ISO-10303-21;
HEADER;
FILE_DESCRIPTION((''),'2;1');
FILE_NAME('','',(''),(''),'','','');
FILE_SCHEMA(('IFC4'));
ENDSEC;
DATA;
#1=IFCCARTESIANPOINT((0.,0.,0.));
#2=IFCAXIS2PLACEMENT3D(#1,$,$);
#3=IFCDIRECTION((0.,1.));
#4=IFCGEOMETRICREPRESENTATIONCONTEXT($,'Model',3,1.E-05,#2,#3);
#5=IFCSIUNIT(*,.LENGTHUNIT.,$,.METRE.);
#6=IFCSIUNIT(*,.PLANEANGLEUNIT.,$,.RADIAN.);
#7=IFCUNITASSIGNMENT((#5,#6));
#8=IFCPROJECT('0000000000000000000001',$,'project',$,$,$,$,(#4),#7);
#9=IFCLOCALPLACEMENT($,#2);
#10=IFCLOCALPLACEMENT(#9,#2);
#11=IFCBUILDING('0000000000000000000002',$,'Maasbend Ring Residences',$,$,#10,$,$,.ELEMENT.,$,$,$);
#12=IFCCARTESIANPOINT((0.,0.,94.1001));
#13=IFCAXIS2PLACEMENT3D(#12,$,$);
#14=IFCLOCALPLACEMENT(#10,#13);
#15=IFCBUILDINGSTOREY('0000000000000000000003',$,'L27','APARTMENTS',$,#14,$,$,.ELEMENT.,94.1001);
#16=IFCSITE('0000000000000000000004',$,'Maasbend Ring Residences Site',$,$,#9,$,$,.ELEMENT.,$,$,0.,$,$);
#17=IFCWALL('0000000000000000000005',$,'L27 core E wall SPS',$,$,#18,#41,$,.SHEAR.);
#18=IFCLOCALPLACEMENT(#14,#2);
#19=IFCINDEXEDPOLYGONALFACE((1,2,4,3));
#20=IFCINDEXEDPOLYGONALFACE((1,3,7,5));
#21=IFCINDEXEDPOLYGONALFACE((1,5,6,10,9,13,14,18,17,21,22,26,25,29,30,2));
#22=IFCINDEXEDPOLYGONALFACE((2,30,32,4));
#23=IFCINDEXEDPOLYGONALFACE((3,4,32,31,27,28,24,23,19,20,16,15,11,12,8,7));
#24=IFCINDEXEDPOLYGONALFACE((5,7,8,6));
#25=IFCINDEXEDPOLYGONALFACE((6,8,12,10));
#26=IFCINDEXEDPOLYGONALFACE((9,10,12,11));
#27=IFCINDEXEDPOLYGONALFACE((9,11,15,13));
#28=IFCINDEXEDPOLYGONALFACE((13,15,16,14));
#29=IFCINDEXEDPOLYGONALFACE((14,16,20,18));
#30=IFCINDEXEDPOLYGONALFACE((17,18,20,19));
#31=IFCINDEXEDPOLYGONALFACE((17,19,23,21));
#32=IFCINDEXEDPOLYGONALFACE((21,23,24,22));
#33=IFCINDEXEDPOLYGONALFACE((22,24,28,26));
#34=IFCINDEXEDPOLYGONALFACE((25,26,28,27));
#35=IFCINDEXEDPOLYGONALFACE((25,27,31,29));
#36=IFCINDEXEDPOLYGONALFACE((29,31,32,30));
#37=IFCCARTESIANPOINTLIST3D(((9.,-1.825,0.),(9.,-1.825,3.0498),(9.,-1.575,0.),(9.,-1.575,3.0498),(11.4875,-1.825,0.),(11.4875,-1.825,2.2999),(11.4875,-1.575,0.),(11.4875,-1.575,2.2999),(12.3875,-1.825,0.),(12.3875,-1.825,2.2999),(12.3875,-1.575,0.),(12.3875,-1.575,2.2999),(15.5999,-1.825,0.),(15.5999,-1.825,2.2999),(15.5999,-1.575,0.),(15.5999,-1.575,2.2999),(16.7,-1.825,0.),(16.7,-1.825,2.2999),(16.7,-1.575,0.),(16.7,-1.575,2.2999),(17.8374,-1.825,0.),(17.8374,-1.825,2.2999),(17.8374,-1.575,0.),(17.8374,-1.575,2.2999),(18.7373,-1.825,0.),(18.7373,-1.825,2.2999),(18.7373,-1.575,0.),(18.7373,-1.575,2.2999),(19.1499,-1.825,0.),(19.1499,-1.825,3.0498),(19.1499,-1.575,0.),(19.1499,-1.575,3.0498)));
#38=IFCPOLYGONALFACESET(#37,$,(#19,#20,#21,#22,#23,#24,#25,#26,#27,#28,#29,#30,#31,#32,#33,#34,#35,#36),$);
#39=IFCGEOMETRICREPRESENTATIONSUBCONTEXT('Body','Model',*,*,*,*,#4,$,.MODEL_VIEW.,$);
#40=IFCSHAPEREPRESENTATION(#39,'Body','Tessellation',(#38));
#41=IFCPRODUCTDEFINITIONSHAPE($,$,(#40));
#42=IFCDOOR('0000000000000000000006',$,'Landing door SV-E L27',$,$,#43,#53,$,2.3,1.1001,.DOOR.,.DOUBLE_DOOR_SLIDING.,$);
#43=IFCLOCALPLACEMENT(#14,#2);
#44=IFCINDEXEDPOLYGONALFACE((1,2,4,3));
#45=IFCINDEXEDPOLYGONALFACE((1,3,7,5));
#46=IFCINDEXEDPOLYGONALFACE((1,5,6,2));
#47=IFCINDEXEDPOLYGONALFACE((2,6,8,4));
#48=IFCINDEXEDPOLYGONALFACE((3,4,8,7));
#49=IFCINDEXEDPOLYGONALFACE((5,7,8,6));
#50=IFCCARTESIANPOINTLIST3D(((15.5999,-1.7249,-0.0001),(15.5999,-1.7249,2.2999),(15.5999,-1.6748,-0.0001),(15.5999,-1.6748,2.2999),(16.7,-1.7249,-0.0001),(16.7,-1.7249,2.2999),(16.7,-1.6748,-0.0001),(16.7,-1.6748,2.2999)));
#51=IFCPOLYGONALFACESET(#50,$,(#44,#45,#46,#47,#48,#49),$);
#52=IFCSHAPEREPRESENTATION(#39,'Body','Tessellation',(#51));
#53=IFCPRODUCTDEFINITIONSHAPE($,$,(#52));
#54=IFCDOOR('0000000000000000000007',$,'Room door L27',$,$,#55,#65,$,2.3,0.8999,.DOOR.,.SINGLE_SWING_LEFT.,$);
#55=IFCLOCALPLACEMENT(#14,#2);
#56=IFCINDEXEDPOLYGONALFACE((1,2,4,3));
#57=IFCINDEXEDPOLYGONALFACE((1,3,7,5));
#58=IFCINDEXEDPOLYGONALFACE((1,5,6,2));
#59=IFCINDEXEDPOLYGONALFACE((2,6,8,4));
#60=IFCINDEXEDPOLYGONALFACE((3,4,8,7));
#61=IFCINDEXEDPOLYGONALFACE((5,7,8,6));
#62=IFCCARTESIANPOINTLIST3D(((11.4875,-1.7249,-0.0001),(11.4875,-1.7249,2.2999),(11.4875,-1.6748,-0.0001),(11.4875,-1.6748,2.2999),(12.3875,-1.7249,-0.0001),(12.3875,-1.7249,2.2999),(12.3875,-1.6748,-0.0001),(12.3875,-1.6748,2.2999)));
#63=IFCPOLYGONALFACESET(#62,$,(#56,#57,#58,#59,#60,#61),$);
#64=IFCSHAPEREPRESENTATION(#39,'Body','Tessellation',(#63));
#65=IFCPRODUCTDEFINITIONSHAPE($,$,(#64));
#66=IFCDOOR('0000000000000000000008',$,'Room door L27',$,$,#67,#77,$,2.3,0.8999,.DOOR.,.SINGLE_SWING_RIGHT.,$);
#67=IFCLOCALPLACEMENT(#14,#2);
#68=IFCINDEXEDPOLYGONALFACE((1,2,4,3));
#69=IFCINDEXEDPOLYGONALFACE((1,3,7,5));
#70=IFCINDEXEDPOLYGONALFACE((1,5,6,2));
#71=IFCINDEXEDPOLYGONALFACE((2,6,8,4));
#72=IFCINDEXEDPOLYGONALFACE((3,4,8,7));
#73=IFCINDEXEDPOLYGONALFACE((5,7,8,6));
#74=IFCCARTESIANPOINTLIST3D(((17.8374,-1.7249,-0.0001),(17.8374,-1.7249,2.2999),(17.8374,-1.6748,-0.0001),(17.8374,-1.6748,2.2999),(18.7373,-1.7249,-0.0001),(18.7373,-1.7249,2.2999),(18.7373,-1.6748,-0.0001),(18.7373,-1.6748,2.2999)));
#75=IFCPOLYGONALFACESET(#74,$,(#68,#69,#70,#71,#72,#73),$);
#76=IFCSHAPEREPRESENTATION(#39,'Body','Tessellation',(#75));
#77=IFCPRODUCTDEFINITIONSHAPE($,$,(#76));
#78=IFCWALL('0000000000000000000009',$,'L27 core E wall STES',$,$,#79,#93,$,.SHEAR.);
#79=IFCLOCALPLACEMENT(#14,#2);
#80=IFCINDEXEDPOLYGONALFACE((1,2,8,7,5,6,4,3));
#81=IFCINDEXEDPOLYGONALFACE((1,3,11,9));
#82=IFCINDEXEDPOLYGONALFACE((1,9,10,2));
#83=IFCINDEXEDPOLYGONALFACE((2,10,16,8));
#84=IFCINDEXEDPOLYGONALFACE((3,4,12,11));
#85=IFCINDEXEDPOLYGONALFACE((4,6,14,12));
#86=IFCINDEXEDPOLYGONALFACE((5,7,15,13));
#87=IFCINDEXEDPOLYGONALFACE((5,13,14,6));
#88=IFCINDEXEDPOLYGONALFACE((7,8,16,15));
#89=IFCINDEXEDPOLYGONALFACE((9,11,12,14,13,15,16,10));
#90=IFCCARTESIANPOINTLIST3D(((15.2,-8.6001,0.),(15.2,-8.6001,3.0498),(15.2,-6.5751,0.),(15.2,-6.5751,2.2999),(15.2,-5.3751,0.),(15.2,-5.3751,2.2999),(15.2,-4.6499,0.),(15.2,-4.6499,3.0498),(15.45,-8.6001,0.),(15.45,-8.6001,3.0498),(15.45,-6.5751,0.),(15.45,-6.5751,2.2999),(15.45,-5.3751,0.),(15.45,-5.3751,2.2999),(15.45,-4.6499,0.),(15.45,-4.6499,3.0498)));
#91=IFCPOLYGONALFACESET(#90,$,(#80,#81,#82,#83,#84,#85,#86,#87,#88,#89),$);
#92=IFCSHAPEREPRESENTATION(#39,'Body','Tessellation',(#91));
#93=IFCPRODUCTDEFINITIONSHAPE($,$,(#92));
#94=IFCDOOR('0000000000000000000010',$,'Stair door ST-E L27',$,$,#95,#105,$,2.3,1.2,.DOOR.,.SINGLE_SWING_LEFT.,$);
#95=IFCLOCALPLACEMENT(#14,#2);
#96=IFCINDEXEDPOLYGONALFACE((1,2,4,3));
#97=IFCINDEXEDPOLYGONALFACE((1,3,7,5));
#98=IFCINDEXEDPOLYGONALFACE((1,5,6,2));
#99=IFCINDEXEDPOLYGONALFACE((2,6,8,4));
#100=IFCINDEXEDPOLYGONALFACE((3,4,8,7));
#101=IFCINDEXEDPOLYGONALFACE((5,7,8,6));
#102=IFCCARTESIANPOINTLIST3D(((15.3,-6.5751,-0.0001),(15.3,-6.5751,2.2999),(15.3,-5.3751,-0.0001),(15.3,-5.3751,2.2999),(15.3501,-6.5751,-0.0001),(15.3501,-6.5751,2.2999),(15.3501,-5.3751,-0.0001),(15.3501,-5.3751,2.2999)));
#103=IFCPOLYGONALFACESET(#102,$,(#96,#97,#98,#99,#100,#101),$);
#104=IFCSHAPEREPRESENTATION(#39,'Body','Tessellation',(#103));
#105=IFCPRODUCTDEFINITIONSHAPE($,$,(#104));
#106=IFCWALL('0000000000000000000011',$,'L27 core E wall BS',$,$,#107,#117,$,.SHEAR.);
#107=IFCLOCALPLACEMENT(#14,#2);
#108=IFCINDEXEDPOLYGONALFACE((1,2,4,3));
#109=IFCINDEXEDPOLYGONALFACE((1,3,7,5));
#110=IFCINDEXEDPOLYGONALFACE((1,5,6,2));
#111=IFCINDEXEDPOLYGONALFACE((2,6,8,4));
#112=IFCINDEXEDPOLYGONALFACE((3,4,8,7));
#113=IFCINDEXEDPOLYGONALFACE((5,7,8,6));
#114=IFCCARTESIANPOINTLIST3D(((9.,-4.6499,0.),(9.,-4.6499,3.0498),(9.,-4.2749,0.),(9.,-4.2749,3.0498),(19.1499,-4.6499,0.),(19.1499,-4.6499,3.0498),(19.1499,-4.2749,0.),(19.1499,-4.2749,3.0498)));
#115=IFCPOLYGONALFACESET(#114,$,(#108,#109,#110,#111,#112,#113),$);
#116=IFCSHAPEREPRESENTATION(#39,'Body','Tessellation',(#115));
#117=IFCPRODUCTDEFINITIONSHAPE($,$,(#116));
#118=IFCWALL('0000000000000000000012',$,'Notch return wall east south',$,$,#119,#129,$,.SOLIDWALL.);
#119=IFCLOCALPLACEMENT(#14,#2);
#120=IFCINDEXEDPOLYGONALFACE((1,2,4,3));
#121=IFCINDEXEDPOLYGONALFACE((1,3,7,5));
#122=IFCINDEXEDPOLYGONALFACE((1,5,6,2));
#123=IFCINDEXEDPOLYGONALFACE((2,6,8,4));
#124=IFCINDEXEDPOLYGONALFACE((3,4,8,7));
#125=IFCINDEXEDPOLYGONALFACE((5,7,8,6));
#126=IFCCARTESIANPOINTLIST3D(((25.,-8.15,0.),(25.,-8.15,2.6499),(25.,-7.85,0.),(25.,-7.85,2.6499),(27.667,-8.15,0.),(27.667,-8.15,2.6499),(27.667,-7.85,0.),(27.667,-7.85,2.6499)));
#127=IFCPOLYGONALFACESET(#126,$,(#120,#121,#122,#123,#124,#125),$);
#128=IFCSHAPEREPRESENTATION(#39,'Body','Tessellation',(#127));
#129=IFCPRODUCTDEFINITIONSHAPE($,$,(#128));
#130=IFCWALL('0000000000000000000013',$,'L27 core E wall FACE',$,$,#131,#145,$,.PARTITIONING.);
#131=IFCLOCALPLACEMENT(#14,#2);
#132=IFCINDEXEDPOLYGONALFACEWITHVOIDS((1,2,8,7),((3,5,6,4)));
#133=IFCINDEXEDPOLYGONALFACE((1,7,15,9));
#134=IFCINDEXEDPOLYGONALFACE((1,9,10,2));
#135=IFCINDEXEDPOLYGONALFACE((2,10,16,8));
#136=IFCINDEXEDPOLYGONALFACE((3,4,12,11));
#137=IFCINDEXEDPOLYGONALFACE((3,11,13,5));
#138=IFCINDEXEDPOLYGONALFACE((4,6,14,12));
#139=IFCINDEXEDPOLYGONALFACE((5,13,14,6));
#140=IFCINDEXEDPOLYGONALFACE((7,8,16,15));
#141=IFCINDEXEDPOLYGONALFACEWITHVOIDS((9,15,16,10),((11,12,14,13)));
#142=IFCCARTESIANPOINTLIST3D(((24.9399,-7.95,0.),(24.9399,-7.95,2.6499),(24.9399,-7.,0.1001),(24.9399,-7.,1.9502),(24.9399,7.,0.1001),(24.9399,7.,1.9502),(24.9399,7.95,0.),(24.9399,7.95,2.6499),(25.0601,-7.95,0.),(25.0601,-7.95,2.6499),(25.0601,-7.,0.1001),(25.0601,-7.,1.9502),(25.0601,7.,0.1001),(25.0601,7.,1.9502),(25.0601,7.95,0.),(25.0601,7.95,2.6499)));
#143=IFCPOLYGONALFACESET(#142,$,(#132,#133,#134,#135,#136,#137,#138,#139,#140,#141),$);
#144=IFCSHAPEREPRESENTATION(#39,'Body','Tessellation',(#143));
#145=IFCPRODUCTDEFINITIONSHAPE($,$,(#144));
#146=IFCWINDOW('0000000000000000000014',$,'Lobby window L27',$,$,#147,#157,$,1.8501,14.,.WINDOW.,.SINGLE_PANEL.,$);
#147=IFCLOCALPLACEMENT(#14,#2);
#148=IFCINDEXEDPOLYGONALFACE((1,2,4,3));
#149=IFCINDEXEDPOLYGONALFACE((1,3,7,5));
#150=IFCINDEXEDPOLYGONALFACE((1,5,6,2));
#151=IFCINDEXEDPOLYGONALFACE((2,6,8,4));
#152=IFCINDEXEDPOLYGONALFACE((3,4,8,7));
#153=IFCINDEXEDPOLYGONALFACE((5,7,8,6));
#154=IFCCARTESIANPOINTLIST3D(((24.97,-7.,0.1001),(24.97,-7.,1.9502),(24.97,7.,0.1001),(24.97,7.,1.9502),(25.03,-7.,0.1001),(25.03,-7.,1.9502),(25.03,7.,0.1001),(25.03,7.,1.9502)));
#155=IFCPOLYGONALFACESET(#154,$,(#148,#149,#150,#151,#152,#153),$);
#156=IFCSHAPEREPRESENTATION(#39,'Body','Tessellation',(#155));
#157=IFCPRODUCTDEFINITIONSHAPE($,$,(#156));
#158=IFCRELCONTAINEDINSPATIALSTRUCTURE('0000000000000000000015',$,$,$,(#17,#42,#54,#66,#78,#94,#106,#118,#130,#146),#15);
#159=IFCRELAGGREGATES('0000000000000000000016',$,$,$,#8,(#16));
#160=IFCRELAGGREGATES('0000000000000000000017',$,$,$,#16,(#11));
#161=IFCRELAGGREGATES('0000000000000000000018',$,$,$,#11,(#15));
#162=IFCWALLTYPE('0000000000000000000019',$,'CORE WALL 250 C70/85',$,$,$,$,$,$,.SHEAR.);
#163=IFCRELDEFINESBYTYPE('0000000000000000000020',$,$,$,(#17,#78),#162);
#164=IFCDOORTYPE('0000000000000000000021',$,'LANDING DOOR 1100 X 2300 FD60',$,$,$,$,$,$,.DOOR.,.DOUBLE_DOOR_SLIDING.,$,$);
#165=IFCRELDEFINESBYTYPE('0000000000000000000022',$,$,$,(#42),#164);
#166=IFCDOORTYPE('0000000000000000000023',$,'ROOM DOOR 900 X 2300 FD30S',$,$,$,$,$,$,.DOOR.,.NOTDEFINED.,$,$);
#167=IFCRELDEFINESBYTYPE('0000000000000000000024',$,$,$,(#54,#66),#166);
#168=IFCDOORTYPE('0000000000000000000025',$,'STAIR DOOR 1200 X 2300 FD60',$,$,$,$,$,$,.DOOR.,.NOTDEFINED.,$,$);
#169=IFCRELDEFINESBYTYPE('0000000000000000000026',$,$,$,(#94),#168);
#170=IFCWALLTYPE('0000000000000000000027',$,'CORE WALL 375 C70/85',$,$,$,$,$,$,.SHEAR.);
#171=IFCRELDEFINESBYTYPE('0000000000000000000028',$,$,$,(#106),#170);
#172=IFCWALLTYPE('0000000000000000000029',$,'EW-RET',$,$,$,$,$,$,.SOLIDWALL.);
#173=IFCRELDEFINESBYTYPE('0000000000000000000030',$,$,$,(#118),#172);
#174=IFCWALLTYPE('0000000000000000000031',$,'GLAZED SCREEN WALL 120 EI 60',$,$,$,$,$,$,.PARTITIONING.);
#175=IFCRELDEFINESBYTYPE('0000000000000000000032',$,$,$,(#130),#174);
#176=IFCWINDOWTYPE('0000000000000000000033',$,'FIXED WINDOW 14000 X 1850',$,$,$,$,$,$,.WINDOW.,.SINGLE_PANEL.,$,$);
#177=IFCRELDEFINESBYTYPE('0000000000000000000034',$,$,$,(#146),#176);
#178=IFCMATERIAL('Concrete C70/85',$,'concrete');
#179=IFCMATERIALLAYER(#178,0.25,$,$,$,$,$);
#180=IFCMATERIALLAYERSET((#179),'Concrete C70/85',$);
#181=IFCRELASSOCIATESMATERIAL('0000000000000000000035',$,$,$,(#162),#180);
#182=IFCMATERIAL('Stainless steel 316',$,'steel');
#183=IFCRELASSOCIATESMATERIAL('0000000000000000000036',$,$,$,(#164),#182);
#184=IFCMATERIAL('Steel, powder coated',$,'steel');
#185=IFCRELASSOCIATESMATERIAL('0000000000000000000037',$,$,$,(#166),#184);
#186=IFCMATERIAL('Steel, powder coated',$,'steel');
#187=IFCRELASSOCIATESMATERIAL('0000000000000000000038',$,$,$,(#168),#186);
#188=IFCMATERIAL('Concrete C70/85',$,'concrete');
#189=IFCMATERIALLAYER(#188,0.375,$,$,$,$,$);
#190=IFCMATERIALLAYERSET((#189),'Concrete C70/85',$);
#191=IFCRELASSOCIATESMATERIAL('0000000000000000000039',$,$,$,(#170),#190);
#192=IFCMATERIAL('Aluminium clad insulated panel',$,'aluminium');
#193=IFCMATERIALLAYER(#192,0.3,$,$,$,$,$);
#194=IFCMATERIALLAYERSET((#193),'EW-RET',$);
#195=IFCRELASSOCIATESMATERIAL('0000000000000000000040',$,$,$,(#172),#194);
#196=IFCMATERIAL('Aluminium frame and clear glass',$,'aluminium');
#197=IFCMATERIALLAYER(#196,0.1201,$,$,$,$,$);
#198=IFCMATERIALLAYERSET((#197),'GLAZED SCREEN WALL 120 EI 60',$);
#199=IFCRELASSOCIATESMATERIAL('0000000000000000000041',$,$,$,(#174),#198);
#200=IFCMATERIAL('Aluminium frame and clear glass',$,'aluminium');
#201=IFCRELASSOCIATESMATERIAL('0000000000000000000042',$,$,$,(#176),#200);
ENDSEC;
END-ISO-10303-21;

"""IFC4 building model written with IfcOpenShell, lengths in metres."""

from ifc_helpers import new_model, si_unit, direction, frame, frame_2d, origin, place, context, subcontext, project, spatial, rectangle, extrude, material, layer, layer_set, type_object, element, fill, save


model = new_model("IFC4")

# Units and contexts
model_context = context("Model", 3, precision=1e-05, world=origin(), true_north=direction((0.0, 1.0)))
body_context = subcontext(model_context, "Body", "Model", "MODEL_VIEW")
ifc_project = project(units=[si_unit("LENGTHUNIT", "METRE"), si_unit("PLANEANGLEUNIT", "RADIAN")], contexts=[model_context])

# Site, building, storey
site_placement = place(None, origin())
site = spatial("IfcSite", under=ifc_project, at=site_placement, Name="Maasbend Ring Residences Site", CompositionType="ELEMENT", RefElevation=0.0)
building_placement = place(site_placement, origin())
building = spatial("IfcBuilding", under=site, at=building_placement, Name="Maasbend Ring Residences", CompositionType="ELEMENT")
storey_placement = place(building_placement, frame((0.0, 0.0, 94.1001)))
storey = spatial("IfcBuildingStorey", under=building, at=storey_placement, Name="L27", Description="APARTMENTS", CompositionType="ELEMENT", Elevation=94.1001)

# Wall, openings, doors
ifc_material_1 = material(Name="Concrete C70/85", Category="concrete")
ifc_layer_1 = layer(ifc_material_1, 0.25)
ifc_layer_set_1 = layer_set([ifc_layer_1], Name="Concrete C70/85")
wall_type_1 = type_object("IfcWallType", Name="CORE WALL 250 C70/85", PredefinedType="SHEAR", material=ifc_layer_set_1)
wall_1_placement = place(storey_placement, frame((19.1499, -1.7, 0.0), z_axis=(0.0, 0.0, 1.0), x_axis=(-1.0, 0.0, 0.0)))
wall_1 = element("IfcWall", 1, at=wall_1_placement, inside=storey, type_object=wall_type_1, Name="L27 core E wall SPS", PredefinedType="SHEAR", context=body_context, shape_type="SweptSolid", body=[
    extrude(rectangle(XDim=10.1499, YDim=0.25, at=frame_2d((5.075, 0.0))), origin(), (0.0, 0.0, 1.0), 3.0498),
])
opening_1_placement = place(wall_1_placement, frame((2.45, 0.0, 0.0)))
opening_1 = element("IfcOpeningElement", 2, at=opening_1_placement, cuts=wall_1, PredefinedType="OPENING", context=body_context, shape_type="SweptSolid", body=[
    extrude(rectangle(XDim=1.1001, YDim=2.3, at=frame_2d((0.55, 1.1499))), frame((0.0, 0.135, 0.0), z_axis=(0.0, -1.0, 0.0), x_axis=(1.0, 0.0, 0.0)), (0.0, 0.0, 1.0), 0.27),
])
opening_2_placement = place(wall_1_placement, frame((6.7625, 0.0, 0.0)))
opening_2 = element("IfcOpeningElement", 3, at=opening_2_placement, cuts=wall_1, PredefinedType="OPENING", context=body_context, shape_type="SweptSolid", body=[
    extrude(rectangle(XDim=0.8999, YDim=2.3, at=frame_2d((0.45, 1.1499))), frame((0.0, 0.135, 0.0), z_axis=(0.0, -1.0, 0.0), x_axis=(1.0, 0.0, 0.0)), (0.0, 0.0, 1.0), 0.27),
])
opening_3_placement = place(wall_1_placement, frame((0.4126, 0.0, 0.0)))
opening_3 = element("IfcOpeningElement", 4, at=opening_3_placement, cuts=wall_1, PredefinedType="OPENING", context=body_context, shape_type="SweptSolid", body=[
    extrude(rectangle(XDim=0.8999, YDim=2.3, at=frame_2d((0.45, 1.1499))), frame((0.0, 0.135, 0.0), z_axis=(0.0, -1.0, 0.0), x_axis=(1.0, 0.0, 0.0)), (0.0, 0.0, 1.0), 0.27),
])
ifc_material_2 = material(Name="Stainless steel 316", Category="steel")
door_type_1 = type_object("IfcDoorType", Name="LANDING DOOR 1100 X 2300 FD60", OperationType="DOUBLE_DOOR_SLIDING", PredefinedType="DOOR", material=ifc_material_2)
door_1_placement = place(opening_1_placement, origin())
door_1 = element("IfcDoor", 5, at=door_1_placement, inside=storey, type_object=door_type_1, Name="Landing door SV-E L27", OperationType="DOUBLE_DOOR_SLIDING", OverallHeight=2.3, OverallWidth=1.1001, PredefinedType="DOOR", context=body_context, shape_type="SweptSolid", body=[
    extrude(rectangle(XDim=1.1001, YDim=2.3, at=frame_2d((0.55, 1.1499))), frame((0.0, 0.0249, 0.0), z_axis=(0.0, -1.0, 0.0), x_axis=(1.0, 0.0, 0.0)), (0.0, 0.0, 1.0), 0.05),
])
fill(opening_1, door_1)
ifc_material_3 = material(Name="Steel, powder coated", Category="steel")
door_type_2 = type_object("IfcDoorType", Name="ROOM DOOR 900 X 2300 FD30S", OperationType="NOTDEFINED", PredefinedType="DOOR", material=ifc_material_3)
door_2_placement = place(opening_2_placement, origin())
door_2 = element("IfcDoor", 6, at=door_2_placement, inside=storey, type_object=door_type_2, Name="Room door L27", OperationType="SINGLE_SWING_LEFT", OverallHeight=2.3, OverallWidth=0.8999, PredefinedType="DOOR", context=body_context, shape_type="SweptSolid", body=[
    extrude(rectangle(XDim=0.8999, YDim=2.3, at=frame_2d((0.45, 1.1499))), frame((0.0, 0.0249, 0.0), z_axis=(0.0, -1.0, 0.0), x_axis=(1.0, 0.0, 0.0)), (0.0, 0.0, 1.0), 0.05),
])
fill(opening_2, door_2)
door_3_placement = place(opening_3_placement, origin())
door_3 = element("IfcDoor", 7, at=door_3_placement, inside=storey, type_object=door_type_2, Name="Room door L27", OperationType="SINGLE_SWING_RIGHT", OverallHeight=2.3, OverallWidth=0.8999, PredefinedType="DOOR", context=body_context, shape_type="SweptSolid", body=[
    extrude(rectangle(XDim=0.8999, YDim=2.3, at=frame_2d((0.45, 1.1499))), frame((0.0, 0.0249, 0.0), z_axis=(0.0, -1.0, 0.0), x_axis=(1.0, 0.0, 0.0)), (0.0, 0.0, 1.0), 0.05),
])
fill(opening_3, door_3)

# Wall, opening, door
wall_2_placement = place(storey_placement, frame((15.325, -8.6001, 0.0), z_axis=(0.0, 0.0, 1.0), x_axis=(0.0, 1.0, 0.0)))
wall_2 = element("IfcWall", 8, at=wall_2_placement, inside=storey, type_object=wall_type_1, Name="L27 core E wall STES", PredefinedType="SHEAR", context=body_context, shape_type="SweptSolid", body=[
    extrude(rectangle(XDim=3.9502, YDim=0.25, at=frame_2d((1.9751, 0.0))), origin(), (0.0, 0.0, 1.0), 3.0498),
])
opening_4_placement = place(wall_2_placement, frame((2.0249, 0.0, 0.0)))
opening_4 = element("IfcOpeningElement", 9, at=opening_4_placement, cuts=wall_2, PredefinedType="OPENING", context=body_context, shape_type="SweptSolid", body=[
    extrude(rectangle(XDim=1.2, YDim=2.3, at=frame_2d((0.6001, 1.1499))), frame((0.0, 0.135, 0.0), z_axis=(0.0, -1.0, 0.0), x_axis=(1.0, 0.0, 0.0)), (0.0, 0.0, 1.0), 0.27),
])
ifc_material_4 = material(Name="Steel, powder coated", Category="steel")
door_type_3 = type_object("IfcDoorType", Name="STAIR DOOR 1200 X 2300 FD60", OperationType="NOTDEFINED", PredefinedType="DOOR", material=ifc_material_4)
door_4_placement = place(opening_4_placement, origin())
door_4 = element("IfcDoor", 10, at=door_4_placement, inside=storey, type_object=door_type_3, Name="Stair door ST-E L27", OperationType="SINGLE_SWING_LEFT", OverallHeight=2.3, OverallWidth=1.2, PredefinedType="DOOR", context=body_context, shape_type="SweptSolid", body=[
    extrude(rectangle(XDim=1.2, YDim=2.3, at=frame_2d((0.6001, 1.1499))), frame((0.0, 0.0249, 0.0), z_axis=(0.0, -1.0, 0.0), x_axis=(1.0, 0.0, 0.0)), (0.0, 0.0, 1.0), 0.05),
])
fill(opening_4, door_4)

# Walls
ifc_material_5 = material(Name="Concrete C70/85", Category="concrete")
ifc_layer_2 = layer(ifc_material_5, 0.375)
ifc_layer_set_2 = layer_set([ifc_layer_2], Name="Concrete C70/85")
wall_type_2 = type_object("IfcWallType", Name="CORE WALL 375 C70/85", PredefinedType="SHEAR", material=ifc_layer_set_2)
wall_3_placement = place(storey_placement, frame((9.0, -4.4624, 0.0), z_axis=(0.0, 0.0, 1.0), x_axis=(1.0, 0.0, 0.0)))
element("IfcWall", 11, at=wall_3_placement, inside=storey, type_object=wall_type_2, Name="L27 core E wall BS", PredefinedType="SHEAR", context=body_context, shape_type="SweptSolid", body=[
    extrude(rectangle(XDim=10.1499, YDim=0.375, at=frame_2d((5.075, 0.0))), origin(), (0.0, 0.0, 1.0), 3.0498),
])
ifc_material_6 = material(Name="Aluminium clad insulated panel", Category="aluminium")
ifc_layer_3 = layer(ifc_material_6, 0.3)
ifc_layer_set_3 = layer_set([ifc_layer_3], Name="EW-RET")
wall_type_3 = type_object("IfcWallType", Name="EW-RET", PredefinedType="SOLIDWALL", material=ifc_layer_set_3)
wall_4_placement = place(storey_placement, frame((25.0, -8.0, 0.0), z_axis=(0.0, 0.0, 1.0), x_axis=(1.0, 0.0, 0.0)))
element("IfcWall", 12, at=wall_4_placement, inside=storey, type_object=wall_type_3, Name="Notch return wall east south", PredefinedType="SOLIDWALL", context=body_context, shape_type="SweptSolid", body=[
    extrude(rectangle(XDim=2.667, YDim=0.3, at=frame_2d((1.3335, 0.0))), origin(), (0.0, 0.0, 1.0), 2.6499),
])

# Wall, opening, window
ifc_material_7 = material(Name="Aluminium frame and clear glass", Category="aluminium")
ifc_layer_4 = layer(ifc_material_7, 0.1201)
ifc_layer_set_4 = layer_set([ifc_layer_4], Name="GLAZED SCREEN WALL 120 EI 60")
wall_type_4 = type_object("IfcWallType", Name="GLAZED SCREEN WALL 120 EI 60", PredefinedType="PARTITIONING", material=ifc_layer_set_4)
wall_5_placement = place(storey_placement, frame((25.0, -7.95, 0.0), z_axis=(0.0, 0.0, 1.0), x_axis=(0.0, 1.0, 0.0)))
wall_5 = element("IfcWall", 13, at=wall_5_placement, inside=storey, type_object=wall_type_4, Name="L27 core E wall FACE", PredefinedType="PARTITIONING", context=body_context, shape_type="SweptSolid", body=[
    extrude(rectangle(XDim=15.8999, YDim=0.1201, at=frame_2d((7.95, 0.0))), origin(), (0.0, 0.0, 1.0), 2.6499),
])
opening_5_placement = place(wall_5_placement, frame((0.95, 0.0, 0.1001)))
opening_5 = element("IfcOpeningElement", 14, at=opening_5_placement, cuts=wall_5, PredefinedType="OPENING", context=body_context, shape_type="SweptSolid", body=[
    extrude(rectangle(XDim=14.0, YDim=1.8501, at=frame_2d((7.0, 0.925))), frame((0.0, 0.0701, 0.0), z_axis=(0.0, -1.0, 0.0), x_axis=(1.0, 0.0, 0.0)), (0.0, 0.0, 1.0), 0.1401),
])
ifc_material_8 = material(Name="Aluminium frame and clear glass", Category="aluminium")
window_type = type_object("IfcWindowType", Name="FIXED WINDOW 14000 X 1850", PartitioningType="SINGLE_PANEL", PredefinedType="WINDOW", material=ifc_material_8)
window_placement = place(opening_5_placement, origin())
window = element("IfcWindow", 15, at=window_placement, inside=storey, type_object=window_type, Name="Lobby window L27", OverallHeight=1.8501, OverallWidth=14.0, PartitioningType="SINGLE_PANEL", PredefinedType="WINDOW", context=body_context, shape_type="SweptSolid", body=[
    extrude(rectangle(XDim=14.0, YDim=1.8501, at=frame_2d((7.0, 0.925))), frame((0.0, 0.03, 0.0), z_axis=(0.0, -1.0, 0.0), x_axis=(1.0, 0.0, 0.0)), (0.0, 0.0, 1.0), 0.0601),
])
fill(opening_5, window)

save(model, "model.ifc")
